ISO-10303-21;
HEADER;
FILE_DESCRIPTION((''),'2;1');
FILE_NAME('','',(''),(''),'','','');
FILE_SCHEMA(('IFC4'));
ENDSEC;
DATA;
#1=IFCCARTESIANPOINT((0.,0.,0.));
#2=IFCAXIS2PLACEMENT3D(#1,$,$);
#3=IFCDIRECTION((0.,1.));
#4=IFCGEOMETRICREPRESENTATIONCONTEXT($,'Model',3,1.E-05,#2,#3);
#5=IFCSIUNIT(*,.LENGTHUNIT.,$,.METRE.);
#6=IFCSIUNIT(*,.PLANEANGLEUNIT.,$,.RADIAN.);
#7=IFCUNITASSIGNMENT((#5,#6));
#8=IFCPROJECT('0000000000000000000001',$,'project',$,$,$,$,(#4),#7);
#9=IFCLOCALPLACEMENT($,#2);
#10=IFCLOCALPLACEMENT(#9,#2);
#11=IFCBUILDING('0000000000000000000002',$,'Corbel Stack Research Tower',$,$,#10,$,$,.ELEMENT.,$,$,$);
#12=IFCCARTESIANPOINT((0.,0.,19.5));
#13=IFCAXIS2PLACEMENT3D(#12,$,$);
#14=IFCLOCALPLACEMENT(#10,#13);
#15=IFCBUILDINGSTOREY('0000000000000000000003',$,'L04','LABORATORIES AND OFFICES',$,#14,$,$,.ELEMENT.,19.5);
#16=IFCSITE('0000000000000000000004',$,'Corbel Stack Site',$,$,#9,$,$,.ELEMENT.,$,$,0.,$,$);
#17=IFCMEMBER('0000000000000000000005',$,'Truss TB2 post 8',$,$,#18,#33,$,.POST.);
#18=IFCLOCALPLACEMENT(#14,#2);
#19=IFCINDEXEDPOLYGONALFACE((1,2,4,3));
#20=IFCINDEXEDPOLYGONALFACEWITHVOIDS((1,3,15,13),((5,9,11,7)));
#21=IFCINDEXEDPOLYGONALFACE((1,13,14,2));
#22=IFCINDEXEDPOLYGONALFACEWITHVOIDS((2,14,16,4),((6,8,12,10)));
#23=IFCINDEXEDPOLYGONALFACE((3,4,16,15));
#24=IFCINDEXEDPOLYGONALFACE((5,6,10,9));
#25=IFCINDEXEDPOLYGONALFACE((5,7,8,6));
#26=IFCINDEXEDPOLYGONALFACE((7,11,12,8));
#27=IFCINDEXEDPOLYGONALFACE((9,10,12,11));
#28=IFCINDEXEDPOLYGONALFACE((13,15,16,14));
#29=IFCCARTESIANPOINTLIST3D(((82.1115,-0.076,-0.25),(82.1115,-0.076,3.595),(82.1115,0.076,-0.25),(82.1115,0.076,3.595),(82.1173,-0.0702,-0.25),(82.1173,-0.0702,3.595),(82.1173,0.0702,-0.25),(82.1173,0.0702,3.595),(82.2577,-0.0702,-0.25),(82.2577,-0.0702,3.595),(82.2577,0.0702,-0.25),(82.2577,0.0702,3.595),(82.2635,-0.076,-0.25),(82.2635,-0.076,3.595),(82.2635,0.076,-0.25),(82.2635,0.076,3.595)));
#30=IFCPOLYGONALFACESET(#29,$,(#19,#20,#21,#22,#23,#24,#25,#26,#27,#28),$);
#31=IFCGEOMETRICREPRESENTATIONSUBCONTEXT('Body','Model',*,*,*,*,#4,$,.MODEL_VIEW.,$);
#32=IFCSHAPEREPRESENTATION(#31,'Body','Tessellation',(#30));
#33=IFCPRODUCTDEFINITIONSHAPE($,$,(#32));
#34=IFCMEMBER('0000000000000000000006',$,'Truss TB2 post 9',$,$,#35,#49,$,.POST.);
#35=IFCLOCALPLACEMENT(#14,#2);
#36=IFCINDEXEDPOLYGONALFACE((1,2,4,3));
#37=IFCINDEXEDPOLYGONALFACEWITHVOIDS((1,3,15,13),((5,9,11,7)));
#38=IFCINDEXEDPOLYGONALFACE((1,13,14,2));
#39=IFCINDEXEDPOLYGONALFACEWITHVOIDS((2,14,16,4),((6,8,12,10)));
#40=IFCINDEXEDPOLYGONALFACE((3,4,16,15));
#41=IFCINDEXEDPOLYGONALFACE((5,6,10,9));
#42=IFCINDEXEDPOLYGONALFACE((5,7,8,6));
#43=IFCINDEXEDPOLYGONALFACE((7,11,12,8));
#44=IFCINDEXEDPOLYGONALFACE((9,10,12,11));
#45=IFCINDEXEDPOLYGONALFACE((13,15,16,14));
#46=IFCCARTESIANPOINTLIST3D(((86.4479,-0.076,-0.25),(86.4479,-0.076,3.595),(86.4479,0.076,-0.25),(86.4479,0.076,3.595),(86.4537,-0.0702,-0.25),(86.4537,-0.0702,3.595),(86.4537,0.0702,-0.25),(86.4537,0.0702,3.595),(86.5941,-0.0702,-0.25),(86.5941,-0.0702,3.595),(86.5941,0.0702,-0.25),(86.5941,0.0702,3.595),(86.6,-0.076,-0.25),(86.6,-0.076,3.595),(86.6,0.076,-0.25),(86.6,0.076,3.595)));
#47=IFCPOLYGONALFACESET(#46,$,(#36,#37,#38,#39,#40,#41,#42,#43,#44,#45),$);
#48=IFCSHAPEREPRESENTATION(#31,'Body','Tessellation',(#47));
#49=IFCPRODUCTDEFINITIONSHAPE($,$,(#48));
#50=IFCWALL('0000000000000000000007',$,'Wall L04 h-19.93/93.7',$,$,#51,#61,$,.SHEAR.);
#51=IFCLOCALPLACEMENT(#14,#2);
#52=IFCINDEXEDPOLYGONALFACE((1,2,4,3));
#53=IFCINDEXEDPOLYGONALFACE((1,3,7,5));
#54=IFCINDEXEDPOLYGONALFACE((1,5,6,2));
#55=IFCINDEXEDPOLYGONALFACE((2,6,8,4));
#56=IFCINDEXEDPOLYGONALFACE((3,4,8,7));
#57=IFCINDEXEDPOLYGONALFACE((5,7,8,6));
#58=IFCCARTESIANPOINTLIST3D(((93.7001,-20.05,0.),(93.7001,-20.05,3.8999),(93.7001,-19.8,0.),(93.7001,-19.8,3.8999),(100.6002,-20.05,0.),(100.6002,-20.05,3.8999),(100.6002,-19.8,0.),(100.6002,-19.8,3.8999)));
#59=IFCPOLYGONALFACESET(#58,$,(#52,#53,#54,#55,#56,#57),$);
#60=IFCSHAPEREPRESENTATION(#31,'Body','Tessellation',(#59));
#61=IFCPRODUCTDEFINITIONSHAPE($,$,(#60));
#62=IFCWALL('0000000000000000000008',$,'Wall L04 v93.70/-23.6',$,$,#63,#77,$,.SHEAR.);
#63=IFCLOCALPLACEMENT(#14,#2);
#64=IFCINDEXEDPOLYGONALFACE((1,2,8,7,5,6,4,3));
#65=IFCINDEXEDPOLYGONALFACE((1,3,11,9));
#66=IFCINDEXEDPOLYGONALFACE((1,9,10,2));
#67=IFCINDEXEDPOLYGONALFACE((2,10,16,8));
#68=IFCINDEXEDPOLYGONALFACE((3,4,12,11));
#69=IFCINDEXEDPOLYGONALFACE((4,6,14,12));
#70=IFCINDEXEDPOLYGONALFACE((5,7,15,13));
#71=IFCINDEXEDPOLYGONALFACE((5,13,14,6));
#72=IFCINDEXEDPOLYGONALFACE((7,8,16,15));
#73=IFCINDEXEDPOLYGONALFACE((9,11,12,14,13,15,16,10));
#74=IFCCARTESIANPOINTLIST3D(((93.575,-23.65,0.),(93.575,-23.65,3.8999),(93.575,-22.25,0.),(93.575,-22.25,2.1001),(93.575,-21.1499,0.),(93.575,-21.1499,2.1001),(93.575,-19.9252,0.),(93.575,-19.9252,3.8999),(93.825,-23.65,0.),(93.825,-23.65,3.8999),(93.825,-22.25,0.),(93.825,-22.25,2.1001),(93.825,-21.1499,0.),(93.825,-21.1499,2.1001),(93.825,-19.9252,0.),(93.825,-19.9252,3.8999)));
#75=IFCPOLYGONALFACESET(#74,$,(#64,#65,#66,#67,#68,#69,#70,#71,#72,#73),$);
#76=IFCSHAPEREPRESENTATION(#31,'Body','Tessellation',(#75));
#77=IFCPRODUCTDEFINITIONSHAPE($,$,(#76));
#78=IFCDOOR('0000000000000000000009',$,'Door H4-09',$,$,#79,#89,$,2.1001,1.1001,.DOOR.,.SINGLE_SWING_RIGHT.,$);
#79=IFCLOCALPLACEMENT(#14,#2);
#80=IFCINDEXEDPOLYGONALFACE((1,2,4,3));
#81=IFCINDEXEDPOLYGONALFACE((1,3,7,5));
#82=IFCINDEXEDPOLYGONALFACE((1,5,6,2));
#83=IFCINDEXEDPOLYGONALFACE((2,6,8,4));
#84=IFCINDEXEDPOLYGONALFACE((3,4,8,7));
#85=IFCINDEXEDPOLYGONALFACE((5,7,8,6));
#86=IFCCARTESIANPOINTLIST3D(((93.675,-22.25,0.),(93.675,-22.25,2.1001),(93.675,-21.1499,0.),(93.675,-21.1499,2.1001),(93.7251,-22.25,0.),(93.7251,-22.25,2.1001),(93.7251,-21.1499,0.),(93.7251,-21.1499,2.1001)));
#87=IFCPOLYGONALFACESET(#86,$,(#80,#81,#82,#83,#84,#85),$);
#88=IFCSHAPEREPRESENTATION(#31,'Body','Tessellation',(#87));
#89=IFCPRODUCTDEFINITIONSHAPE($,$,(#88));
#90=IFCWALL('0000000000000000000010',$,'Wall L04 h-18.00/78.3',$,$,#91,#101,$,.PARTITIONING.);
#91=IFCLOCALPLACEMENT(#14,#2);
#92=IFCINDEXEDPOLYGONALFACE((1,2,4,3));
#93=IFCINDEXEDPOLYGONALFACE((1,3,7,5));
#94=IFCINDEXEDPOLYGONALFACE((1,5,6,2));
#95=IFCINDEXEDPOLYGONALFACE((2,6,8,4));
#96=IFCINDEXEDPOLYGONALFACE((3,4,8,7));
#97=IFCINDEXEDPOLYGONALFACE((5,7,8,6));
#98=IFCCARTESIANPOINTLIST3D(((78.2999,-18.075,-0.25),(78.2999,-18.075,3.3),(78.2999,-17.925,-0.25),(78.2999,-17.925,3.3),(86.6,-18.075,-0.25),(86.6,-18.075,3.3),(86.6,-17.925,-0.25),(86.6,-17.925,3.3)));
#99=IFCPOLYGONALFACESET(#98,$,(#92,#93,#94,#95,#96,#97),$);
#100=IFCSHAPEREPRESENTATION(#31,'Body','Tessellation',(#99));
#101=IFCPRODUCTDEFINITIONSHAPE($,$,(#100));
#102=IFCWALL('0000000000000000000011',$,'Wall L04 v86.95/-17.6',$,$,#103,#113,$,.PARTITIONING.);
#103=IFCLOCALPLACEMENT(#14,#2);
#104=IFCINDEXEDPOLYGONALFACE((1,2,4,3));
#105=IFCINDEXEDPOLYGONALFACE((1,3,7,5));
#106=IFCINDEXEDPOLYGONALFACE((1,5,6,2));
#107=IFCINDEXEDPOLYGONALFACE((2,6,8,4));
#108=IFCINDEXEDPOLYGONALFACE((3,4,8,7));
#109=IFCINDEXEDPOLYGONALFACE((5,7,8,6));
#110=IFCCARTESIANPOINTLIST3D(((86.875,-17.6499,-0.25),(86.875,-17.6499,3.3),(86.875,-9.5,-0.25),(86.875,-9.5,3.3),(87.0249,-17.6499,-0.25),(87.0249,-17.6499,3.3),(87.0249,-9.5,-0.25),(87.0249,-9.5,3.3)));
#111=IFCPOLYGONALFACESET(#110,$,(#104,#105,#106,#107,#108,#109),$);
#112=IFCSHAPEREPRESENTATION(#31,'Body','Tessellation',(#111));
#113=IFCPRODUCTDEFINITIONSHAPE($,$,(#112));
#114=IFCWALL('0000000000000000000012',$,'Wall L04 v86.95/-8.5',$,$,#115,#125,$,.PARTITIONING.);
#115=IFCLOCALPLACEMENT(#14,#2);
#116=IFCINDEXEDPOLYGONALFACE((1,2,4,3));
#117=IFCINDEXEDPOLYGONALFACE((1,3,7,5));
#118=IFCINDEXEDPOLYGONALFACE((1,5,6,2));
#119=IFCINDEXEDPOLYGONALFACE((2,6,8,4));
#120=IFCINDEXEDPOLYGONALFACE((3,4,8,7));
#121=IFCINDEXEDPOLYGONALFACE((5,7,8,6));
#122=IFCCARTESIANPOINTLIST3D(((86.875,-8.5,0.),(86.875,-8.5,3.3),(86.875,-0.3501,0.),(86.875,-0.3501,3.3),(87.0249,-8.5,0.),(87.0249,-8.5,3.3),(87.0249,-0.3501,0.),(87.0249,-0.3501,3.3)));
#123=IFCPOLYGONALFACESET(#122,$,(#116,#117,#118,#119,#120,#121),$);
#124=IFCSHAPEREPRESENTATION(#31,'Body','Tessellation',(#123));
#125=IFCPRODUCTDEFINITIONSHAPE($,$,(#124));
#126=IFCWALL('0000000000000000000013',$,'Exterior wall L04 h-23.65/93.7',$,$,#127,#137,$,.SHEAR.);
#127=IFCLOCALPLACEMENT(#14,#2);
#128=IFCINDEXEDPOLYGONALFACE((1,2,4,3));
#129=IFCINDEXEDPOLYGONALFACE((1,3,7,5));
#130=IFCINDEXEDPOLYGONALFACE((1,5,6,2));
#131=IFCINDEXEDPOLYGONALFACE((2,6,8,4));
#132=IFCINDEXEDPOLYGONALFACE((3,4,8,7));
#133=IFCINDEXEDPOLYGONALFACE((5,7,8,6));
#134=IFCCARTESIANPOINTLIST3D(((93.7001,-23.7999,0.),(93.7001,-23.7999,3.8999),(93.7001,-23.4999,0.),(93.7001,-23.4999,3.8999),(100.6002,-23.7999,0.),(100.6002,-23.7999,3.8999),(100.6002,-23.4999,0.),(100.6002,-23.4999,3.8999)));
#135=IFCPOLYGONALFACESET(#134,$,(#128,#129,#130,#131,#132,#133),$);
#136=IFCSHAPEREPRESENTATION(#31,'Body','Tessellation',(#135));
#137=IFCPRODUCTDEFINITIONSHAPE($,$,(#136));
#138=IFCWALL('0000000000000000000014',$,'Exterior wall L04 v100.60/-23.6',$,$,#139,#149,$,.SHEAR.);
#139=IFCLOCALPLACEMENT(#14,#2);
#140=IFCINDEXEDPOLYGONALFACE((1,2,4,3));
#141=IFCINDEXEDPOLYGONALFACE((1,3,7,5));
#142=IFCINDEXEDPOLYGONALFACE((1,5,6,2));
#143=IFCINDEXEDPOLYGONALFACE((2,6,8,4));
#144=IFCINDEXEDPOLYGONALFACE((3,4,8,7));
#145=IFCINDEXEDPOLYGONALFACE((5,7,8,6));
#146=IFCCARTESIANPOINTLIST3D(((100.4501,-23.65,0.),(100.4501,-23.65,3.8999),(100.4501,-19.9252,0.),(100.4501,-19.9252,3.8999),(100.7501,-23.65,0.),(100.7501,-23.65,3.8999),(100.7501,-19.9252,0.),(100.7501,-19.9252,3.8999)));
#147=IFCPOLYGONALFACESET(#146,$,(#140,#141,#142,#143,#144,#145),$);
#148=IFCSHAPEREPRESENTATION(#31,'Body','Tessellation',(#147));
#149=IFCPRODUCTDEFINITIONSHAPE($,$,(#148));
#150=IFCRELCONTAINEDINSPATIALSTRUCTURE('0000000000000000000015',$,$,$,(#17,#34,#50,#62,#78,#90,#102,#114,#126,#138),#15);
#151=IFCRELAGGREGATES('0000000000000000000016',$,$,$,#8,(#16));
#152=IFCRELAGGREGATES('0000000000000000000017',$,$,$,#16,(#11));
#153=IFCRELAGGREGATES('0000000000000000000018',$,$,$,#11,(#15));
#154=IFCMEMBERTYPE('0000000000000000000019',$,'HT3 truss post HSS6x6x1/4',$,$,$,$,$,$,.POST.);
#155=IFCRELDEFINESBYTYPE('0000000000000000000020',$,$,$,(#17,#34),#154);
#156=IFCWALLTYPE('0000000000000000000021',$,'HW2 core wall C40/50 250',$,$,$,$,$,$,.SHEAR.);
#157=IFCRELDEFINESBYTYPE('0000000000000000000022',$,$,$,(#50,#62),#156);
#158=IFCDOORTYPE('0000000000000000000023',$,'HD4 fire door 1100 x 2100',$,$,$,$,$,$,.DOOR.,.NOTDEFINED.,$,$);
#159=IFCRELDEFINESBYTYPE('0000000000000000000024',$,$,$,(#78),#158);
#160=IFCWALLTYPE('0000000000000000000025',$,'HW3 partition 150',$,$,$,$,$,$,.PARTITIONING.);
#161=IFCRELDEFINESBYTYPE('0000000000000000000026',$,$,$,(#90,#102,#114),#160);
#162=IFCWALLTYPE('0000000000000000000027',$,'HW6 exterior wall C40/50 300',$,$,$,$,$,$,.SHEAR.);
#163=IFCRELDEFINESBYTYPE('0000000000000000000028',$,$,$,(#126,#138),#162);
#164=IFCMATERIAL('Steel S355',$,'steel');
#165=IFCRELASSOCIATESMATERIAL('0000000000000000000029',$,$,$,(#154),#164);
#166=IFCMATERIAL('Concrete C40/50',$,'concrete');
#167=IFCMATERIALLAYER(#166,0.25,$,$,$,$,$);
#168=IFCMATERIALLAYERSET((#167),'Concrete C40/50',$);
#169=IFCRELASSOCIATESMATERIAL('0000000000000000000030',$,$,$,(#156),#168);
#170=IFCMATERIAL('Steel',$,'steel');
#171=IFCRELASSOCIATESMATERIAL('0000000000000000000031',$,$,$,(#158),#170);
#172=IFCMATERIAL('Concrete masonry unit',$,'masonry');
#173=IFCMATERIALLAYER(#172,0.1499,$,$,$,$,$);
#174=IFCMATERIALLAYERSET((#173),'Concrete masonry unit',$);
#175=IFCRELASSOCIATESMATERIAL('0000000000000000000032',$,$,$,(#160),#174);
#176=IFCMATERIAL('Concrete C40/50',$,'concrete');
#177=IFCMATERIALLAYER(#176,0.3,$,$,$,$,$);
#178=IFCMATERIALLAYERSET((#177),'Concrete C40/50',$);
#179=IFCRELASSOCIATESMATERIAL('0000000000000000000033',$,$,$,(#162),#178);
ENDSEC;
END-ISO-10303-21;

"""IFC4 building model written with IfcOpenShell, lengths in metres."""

from ifc_helpers import new_model, si_unit, direction, frame, frame_2d, origin, origin_2d, place, context, subcontext, project, spatial, rectangle, hollow_rectangle, extrude, material, layer, layer_set, material_profile, profile_set, type_object, element, fill, save


model = new_model("IFC4")

# Units and contexts
model_context = context("Model", 3, precision=1e-05, world=origin(), true_north=direction((0.0, 1.0)))
body_context = subcontext(model_context, "Body", "Model", "MODEL_VIEW")
ifc_project = project(units=[si_unit("LENGTHUNIT", "METRE"), si_unit("PLANEANGLEUNIT", "RADIAN")], contexts=[model_context])

# Site, building, storey
site_placement = place(None, origin())
site = spatial("IfcSite", under=ifc_project, at=site_placement, Name="Corbel Stack Site", CompositionType="ELEMENT", RefElevation=0.0)
building_placement = place(site_placement, origin())
building = spatial("IfcBuilding", under=site, at=building_placement, Name="Corbel Stack Research Tower", CompositionType="ELEMENT")
storey_placement = place(building_placement, frame((0.0, 0.0, 19.5)))
storey = spatial("IfcBuildingStorey", under=building, at=storey_placement, Name="L04", Description="LABORATORIES AND OFFICES", CompositionType="ELEMENT", Elevation=19.5)

# Members
ifc_material_1 = material(Name="Steel S355", Category="steel")
ifc_material_profile_1 = material_profile(ifc_material_1, hollow_rectangle(XDim=0.1521, YDim=0.1521, WallThickness=0.0059, at=origin_2d()), Name="HSS6x6x1/4")
ifc_profile_set_1 = profile_set([ifc_material_profile_1], Name="Steel S355")
member_type_1 = type_object("IfcMemberType", Name="HT3 truss post HSS6x6x1/4", PredefinedType="POST", material=ifc_profile_set_1)
for number, where, z_axis, x_axis, name in (
    (1, (82.1875, 0.0, -0.25), (0.0, 0.0, 1.0), (1.0, 0.0, 0.0), "Truss TB2 post 8"),
    (2, (86.5239, 0.0, -0.25), (0.0, 0.0, 1.0), (1.0, 0.0, 0.0), "Truss TB2 post 9"),
):
    element("IfcMember", number, at=place(storey_placement, frame(where, z_axis=z_axis, x_axis=x_axis)), inside=storey, type_object=member_type_1, Name=name, PredefinedType="POST", context=body_context, shape_type="SweptSolid", body=[
        extrude(hollow_rectangle(XDim=0.1521, YDim=0.1521, WallThickness=0.0059, at=origin_2d()), origin(), (0.0, 0.0, 1.0), 3.845),
    ])

# Wall
ifc_material_2 = material(Name="Concrete C40/50", Category="concrete")
ifc_layer_1 = layer(ifc_material_2, 0.25)
ifc_layer_set_1 = layer_set([ifc_layer_1], Name="Concrete C40/50")
wall_type_1 = type_object("IfcWallType", Name="HW2 core wall C40/50 250", PredefinedType="SHEAR", material=ifc_layer_set_1)
wall_1_placement = place(storey_placement, frame((93.7, -19.925, 0.0), z_axis=(0.0, 0.0, 1.0), x_axis=(1.0, 0.0, 0.0)))
element("IfcWall", 3, at=wall_1_placement, inside=storey, type_object=wall_type_1, Name="Wall L04 h-19.93/93.7", PredefinedType="SHEAR", context=body_context, shape_type="SweptSolid", body=[
    extrude(rectangle(XDim=6.9001, YDim=0.25, at=frame_2d((3.4502, 0.0))), origin(), (0.0, 0.0, 1.0), 3.8999),
])

# Wall, opening, door
wall_2_placement = place(storey_placement, frame((93.7, -23.6499, 0.0), z_axis=(0.0, 0.0, 1.0), x_axis=(0.0, 1.0, 0.0)))
wall_2 = element("IfcWall", 4, at=wall_2_placement, inside=storey, type_object=wall_type_1, Name="Wall L04 v93.70/-23.6", PredefinedType="SHEAR", context=body_context, shape_type="SweptSolid", body=[
    extrude(rectangle(XDim=3.7249, YDim=0.25, at=frame_2d((1.8623, 0.0))), origin(), (0.0, 0.0, 1.0), 3.8999),
])
opening_placement = place(wall_2_placement, frame((1.3999, 0.0, 0.0)))
opening = element("IfcOpeningElement", 5, at=opening_placement, cuts=wall_2, PredefinedType="OPENING", context=body_context, shape_type="SweptSolid", body=[
    extrude(rectangle(XDim=1.1001, YDim=2.1001, at=frame_2d((0.55, 1.05))), frame((0.0, 0.135, 0.0), z_axis=(0.0, -1.0, 0.0), x_axis=(1.0, 0.0, 0.0)), (0.0, 0.0, 1.0), 0.27),
])
ifc_material_3 = material(Name="Steel", Category="steel")
door_type = type_object("IfcDoorType", Name="HD4 fire door 1100 x 2100", OperationType="NOTDEFINED", PredefinedType="DOOR", material=ifc_material_3)
door_placement = place(opening_placement, origin())
door = element("IfcDoor", 6, at=door_placement, inside=storey, type_object=door_type, Name="Door H4-09", OperationType="SINGLE_SWING_RIGHT", OverallHeight=2.1001, OverallWidth=1.1001, PredefinedType="DOOR", context=body_context, shape_type="SweptSolid", body=[
    extrude(rectangle(XDim=1.1001, YDim=2.1001, at=frame_2d((0.55, 1.05))), frame((0.0, 0.0249, 0.0), z_axis=(0.0, -1.0, 0.0), x_axis=(1.0, 0.0, 0.0)), (0.0, 0.0, 1.0), 0.05),
])
fill(opening, door)

# Walls
ifc_material_4 = material(Name="Concrete masonry unit", Category="masonry")
ifc_layer_2 = layer(ifc_material_4, 0.1499)
ifc_layer_set_2 = layer_set([ifc_layer_2], Name="Concrete masonry unit")
wall_type_2 = type_object("IfcWallType", Name="HW3 partition 150", PredefinedType="PARTITIONING", material=ifc_layer_set_2)
wall_3_placement = place(storey_placement, frame((78.3, -18.0, -0.25), z_axis=(0.0, 0.0, 1.0), x_axis=(1.0, 0.0, 0.0)))
element("IfcWall", 7, at=wall_3_placement, inside=storey, type_object=wall_type_2, Name="Wall L04 h-18.00/78.3", PredefinedType="PARTITIONING", context=body_context, shape_type="SweptSolid", body=[
    extrude(rectangle(XDim=8.3, YDim=0.1499, at=frame_2d((4.1499, 0.0))), origin(), (0.0, 0.0, 1.0), 3.55),
])
wall_4_placement = place(storey_placement, frame((86.95, -17.6499, -0.25), z_axis=(0.0, 0.0, 1.0), x_axis=(0.0, 1.0, 0.0)))
element("IfcWall", 8, at=wall_4_placement, inside=storey, type_object=wall_type_2, Name="Wall L04 v86.95/-17.6", PredefinedType="PARTITIONING", context=body_context, shape_type="SweptSolid", body=[
    extrude(rectangle(XDim=8.1499, YDim=0.1499, at=frame_2d((4.075, 0.0))), origin(), (0.0, 0.0, 1.0), 3.55),
])
wall_5_placement = place(storey_placement, frame((86.95, -8.5, 0.0), z_axis=(0.0, 0.0, 1.0), x_axis=(0.0, 1.0, 0.0)))
element("IfcWall", 9, at=wall_5_placement, inside=storey, type_object=wall_type_2, Name="Wall L04 v86.95/-8.5", PredefinedType="PARTITIONING", context=body_context, shape_type="SweptSolid", body=[
    extrude(rectangle(XDim=8.1499, YDim=0.1499, at=frame_2d((4.075, 0.0))), origin(), (0.0, 0.0, 1.0), 3.3),
])
ifc_material_5 = material(Name="Concrete C40/50", Category="concrete")
ifc_layer_3 = layer(ifc_material_5, 0.3)
ifc_layer_set_3 = layer_set([ifc_layer_3], Name="Concrete C40/50")
wall_type_3 = type_object("IfcWallType", Name="HW6 exterior wall C40/50 300", PredefinedType="SHEAR", material=ifc_layer_set_3)
wall_6_placement = place(storey_placement, frame((93.7, -23.6499, 0.0), z_axis=(0.0, 0.0, 1.0), x_axis=(1.0, 0.0, 0.0)))
element("IfcWall", 10, at=wall_6_placement, inside=storey, type_object=wall_type_3, Name="Exterior wall L04 h-23.65/93.7", PredefinedType="SHEAR", context=body_context, shape_type="SweptSolid", body=[
    extrude(rectangle(XDim=6.9001, YDim=0.3, at=frame_2d((3.4502, 0.0))), origin(), (0.0, 0.0, 1.0), 3.8999),
])
wall_7_placement = place(storey_placement, frame((100.6001, -23.6499, 0.0), z_axis=(0.0, 0.0, 1.0), x_axis=(0.0, 1.0, 0.0)))
element("IfcWall", 11, at=wall_7_placement, inside=storey, type_object=wall_type_3, Name="Exterior wall L04 v100.60/-23.6", PredefinedType="SHEAR", context=body_context, shape_type="SweptSolid", body=[
    extrude(rectangle(XDim=3.7249, YDim=0.3, at=frame_2d((1.8623, 0.0))), origin(), (0.0, 0.0, 1.0), 3.8999),
])

save(model, "model.ifc")
